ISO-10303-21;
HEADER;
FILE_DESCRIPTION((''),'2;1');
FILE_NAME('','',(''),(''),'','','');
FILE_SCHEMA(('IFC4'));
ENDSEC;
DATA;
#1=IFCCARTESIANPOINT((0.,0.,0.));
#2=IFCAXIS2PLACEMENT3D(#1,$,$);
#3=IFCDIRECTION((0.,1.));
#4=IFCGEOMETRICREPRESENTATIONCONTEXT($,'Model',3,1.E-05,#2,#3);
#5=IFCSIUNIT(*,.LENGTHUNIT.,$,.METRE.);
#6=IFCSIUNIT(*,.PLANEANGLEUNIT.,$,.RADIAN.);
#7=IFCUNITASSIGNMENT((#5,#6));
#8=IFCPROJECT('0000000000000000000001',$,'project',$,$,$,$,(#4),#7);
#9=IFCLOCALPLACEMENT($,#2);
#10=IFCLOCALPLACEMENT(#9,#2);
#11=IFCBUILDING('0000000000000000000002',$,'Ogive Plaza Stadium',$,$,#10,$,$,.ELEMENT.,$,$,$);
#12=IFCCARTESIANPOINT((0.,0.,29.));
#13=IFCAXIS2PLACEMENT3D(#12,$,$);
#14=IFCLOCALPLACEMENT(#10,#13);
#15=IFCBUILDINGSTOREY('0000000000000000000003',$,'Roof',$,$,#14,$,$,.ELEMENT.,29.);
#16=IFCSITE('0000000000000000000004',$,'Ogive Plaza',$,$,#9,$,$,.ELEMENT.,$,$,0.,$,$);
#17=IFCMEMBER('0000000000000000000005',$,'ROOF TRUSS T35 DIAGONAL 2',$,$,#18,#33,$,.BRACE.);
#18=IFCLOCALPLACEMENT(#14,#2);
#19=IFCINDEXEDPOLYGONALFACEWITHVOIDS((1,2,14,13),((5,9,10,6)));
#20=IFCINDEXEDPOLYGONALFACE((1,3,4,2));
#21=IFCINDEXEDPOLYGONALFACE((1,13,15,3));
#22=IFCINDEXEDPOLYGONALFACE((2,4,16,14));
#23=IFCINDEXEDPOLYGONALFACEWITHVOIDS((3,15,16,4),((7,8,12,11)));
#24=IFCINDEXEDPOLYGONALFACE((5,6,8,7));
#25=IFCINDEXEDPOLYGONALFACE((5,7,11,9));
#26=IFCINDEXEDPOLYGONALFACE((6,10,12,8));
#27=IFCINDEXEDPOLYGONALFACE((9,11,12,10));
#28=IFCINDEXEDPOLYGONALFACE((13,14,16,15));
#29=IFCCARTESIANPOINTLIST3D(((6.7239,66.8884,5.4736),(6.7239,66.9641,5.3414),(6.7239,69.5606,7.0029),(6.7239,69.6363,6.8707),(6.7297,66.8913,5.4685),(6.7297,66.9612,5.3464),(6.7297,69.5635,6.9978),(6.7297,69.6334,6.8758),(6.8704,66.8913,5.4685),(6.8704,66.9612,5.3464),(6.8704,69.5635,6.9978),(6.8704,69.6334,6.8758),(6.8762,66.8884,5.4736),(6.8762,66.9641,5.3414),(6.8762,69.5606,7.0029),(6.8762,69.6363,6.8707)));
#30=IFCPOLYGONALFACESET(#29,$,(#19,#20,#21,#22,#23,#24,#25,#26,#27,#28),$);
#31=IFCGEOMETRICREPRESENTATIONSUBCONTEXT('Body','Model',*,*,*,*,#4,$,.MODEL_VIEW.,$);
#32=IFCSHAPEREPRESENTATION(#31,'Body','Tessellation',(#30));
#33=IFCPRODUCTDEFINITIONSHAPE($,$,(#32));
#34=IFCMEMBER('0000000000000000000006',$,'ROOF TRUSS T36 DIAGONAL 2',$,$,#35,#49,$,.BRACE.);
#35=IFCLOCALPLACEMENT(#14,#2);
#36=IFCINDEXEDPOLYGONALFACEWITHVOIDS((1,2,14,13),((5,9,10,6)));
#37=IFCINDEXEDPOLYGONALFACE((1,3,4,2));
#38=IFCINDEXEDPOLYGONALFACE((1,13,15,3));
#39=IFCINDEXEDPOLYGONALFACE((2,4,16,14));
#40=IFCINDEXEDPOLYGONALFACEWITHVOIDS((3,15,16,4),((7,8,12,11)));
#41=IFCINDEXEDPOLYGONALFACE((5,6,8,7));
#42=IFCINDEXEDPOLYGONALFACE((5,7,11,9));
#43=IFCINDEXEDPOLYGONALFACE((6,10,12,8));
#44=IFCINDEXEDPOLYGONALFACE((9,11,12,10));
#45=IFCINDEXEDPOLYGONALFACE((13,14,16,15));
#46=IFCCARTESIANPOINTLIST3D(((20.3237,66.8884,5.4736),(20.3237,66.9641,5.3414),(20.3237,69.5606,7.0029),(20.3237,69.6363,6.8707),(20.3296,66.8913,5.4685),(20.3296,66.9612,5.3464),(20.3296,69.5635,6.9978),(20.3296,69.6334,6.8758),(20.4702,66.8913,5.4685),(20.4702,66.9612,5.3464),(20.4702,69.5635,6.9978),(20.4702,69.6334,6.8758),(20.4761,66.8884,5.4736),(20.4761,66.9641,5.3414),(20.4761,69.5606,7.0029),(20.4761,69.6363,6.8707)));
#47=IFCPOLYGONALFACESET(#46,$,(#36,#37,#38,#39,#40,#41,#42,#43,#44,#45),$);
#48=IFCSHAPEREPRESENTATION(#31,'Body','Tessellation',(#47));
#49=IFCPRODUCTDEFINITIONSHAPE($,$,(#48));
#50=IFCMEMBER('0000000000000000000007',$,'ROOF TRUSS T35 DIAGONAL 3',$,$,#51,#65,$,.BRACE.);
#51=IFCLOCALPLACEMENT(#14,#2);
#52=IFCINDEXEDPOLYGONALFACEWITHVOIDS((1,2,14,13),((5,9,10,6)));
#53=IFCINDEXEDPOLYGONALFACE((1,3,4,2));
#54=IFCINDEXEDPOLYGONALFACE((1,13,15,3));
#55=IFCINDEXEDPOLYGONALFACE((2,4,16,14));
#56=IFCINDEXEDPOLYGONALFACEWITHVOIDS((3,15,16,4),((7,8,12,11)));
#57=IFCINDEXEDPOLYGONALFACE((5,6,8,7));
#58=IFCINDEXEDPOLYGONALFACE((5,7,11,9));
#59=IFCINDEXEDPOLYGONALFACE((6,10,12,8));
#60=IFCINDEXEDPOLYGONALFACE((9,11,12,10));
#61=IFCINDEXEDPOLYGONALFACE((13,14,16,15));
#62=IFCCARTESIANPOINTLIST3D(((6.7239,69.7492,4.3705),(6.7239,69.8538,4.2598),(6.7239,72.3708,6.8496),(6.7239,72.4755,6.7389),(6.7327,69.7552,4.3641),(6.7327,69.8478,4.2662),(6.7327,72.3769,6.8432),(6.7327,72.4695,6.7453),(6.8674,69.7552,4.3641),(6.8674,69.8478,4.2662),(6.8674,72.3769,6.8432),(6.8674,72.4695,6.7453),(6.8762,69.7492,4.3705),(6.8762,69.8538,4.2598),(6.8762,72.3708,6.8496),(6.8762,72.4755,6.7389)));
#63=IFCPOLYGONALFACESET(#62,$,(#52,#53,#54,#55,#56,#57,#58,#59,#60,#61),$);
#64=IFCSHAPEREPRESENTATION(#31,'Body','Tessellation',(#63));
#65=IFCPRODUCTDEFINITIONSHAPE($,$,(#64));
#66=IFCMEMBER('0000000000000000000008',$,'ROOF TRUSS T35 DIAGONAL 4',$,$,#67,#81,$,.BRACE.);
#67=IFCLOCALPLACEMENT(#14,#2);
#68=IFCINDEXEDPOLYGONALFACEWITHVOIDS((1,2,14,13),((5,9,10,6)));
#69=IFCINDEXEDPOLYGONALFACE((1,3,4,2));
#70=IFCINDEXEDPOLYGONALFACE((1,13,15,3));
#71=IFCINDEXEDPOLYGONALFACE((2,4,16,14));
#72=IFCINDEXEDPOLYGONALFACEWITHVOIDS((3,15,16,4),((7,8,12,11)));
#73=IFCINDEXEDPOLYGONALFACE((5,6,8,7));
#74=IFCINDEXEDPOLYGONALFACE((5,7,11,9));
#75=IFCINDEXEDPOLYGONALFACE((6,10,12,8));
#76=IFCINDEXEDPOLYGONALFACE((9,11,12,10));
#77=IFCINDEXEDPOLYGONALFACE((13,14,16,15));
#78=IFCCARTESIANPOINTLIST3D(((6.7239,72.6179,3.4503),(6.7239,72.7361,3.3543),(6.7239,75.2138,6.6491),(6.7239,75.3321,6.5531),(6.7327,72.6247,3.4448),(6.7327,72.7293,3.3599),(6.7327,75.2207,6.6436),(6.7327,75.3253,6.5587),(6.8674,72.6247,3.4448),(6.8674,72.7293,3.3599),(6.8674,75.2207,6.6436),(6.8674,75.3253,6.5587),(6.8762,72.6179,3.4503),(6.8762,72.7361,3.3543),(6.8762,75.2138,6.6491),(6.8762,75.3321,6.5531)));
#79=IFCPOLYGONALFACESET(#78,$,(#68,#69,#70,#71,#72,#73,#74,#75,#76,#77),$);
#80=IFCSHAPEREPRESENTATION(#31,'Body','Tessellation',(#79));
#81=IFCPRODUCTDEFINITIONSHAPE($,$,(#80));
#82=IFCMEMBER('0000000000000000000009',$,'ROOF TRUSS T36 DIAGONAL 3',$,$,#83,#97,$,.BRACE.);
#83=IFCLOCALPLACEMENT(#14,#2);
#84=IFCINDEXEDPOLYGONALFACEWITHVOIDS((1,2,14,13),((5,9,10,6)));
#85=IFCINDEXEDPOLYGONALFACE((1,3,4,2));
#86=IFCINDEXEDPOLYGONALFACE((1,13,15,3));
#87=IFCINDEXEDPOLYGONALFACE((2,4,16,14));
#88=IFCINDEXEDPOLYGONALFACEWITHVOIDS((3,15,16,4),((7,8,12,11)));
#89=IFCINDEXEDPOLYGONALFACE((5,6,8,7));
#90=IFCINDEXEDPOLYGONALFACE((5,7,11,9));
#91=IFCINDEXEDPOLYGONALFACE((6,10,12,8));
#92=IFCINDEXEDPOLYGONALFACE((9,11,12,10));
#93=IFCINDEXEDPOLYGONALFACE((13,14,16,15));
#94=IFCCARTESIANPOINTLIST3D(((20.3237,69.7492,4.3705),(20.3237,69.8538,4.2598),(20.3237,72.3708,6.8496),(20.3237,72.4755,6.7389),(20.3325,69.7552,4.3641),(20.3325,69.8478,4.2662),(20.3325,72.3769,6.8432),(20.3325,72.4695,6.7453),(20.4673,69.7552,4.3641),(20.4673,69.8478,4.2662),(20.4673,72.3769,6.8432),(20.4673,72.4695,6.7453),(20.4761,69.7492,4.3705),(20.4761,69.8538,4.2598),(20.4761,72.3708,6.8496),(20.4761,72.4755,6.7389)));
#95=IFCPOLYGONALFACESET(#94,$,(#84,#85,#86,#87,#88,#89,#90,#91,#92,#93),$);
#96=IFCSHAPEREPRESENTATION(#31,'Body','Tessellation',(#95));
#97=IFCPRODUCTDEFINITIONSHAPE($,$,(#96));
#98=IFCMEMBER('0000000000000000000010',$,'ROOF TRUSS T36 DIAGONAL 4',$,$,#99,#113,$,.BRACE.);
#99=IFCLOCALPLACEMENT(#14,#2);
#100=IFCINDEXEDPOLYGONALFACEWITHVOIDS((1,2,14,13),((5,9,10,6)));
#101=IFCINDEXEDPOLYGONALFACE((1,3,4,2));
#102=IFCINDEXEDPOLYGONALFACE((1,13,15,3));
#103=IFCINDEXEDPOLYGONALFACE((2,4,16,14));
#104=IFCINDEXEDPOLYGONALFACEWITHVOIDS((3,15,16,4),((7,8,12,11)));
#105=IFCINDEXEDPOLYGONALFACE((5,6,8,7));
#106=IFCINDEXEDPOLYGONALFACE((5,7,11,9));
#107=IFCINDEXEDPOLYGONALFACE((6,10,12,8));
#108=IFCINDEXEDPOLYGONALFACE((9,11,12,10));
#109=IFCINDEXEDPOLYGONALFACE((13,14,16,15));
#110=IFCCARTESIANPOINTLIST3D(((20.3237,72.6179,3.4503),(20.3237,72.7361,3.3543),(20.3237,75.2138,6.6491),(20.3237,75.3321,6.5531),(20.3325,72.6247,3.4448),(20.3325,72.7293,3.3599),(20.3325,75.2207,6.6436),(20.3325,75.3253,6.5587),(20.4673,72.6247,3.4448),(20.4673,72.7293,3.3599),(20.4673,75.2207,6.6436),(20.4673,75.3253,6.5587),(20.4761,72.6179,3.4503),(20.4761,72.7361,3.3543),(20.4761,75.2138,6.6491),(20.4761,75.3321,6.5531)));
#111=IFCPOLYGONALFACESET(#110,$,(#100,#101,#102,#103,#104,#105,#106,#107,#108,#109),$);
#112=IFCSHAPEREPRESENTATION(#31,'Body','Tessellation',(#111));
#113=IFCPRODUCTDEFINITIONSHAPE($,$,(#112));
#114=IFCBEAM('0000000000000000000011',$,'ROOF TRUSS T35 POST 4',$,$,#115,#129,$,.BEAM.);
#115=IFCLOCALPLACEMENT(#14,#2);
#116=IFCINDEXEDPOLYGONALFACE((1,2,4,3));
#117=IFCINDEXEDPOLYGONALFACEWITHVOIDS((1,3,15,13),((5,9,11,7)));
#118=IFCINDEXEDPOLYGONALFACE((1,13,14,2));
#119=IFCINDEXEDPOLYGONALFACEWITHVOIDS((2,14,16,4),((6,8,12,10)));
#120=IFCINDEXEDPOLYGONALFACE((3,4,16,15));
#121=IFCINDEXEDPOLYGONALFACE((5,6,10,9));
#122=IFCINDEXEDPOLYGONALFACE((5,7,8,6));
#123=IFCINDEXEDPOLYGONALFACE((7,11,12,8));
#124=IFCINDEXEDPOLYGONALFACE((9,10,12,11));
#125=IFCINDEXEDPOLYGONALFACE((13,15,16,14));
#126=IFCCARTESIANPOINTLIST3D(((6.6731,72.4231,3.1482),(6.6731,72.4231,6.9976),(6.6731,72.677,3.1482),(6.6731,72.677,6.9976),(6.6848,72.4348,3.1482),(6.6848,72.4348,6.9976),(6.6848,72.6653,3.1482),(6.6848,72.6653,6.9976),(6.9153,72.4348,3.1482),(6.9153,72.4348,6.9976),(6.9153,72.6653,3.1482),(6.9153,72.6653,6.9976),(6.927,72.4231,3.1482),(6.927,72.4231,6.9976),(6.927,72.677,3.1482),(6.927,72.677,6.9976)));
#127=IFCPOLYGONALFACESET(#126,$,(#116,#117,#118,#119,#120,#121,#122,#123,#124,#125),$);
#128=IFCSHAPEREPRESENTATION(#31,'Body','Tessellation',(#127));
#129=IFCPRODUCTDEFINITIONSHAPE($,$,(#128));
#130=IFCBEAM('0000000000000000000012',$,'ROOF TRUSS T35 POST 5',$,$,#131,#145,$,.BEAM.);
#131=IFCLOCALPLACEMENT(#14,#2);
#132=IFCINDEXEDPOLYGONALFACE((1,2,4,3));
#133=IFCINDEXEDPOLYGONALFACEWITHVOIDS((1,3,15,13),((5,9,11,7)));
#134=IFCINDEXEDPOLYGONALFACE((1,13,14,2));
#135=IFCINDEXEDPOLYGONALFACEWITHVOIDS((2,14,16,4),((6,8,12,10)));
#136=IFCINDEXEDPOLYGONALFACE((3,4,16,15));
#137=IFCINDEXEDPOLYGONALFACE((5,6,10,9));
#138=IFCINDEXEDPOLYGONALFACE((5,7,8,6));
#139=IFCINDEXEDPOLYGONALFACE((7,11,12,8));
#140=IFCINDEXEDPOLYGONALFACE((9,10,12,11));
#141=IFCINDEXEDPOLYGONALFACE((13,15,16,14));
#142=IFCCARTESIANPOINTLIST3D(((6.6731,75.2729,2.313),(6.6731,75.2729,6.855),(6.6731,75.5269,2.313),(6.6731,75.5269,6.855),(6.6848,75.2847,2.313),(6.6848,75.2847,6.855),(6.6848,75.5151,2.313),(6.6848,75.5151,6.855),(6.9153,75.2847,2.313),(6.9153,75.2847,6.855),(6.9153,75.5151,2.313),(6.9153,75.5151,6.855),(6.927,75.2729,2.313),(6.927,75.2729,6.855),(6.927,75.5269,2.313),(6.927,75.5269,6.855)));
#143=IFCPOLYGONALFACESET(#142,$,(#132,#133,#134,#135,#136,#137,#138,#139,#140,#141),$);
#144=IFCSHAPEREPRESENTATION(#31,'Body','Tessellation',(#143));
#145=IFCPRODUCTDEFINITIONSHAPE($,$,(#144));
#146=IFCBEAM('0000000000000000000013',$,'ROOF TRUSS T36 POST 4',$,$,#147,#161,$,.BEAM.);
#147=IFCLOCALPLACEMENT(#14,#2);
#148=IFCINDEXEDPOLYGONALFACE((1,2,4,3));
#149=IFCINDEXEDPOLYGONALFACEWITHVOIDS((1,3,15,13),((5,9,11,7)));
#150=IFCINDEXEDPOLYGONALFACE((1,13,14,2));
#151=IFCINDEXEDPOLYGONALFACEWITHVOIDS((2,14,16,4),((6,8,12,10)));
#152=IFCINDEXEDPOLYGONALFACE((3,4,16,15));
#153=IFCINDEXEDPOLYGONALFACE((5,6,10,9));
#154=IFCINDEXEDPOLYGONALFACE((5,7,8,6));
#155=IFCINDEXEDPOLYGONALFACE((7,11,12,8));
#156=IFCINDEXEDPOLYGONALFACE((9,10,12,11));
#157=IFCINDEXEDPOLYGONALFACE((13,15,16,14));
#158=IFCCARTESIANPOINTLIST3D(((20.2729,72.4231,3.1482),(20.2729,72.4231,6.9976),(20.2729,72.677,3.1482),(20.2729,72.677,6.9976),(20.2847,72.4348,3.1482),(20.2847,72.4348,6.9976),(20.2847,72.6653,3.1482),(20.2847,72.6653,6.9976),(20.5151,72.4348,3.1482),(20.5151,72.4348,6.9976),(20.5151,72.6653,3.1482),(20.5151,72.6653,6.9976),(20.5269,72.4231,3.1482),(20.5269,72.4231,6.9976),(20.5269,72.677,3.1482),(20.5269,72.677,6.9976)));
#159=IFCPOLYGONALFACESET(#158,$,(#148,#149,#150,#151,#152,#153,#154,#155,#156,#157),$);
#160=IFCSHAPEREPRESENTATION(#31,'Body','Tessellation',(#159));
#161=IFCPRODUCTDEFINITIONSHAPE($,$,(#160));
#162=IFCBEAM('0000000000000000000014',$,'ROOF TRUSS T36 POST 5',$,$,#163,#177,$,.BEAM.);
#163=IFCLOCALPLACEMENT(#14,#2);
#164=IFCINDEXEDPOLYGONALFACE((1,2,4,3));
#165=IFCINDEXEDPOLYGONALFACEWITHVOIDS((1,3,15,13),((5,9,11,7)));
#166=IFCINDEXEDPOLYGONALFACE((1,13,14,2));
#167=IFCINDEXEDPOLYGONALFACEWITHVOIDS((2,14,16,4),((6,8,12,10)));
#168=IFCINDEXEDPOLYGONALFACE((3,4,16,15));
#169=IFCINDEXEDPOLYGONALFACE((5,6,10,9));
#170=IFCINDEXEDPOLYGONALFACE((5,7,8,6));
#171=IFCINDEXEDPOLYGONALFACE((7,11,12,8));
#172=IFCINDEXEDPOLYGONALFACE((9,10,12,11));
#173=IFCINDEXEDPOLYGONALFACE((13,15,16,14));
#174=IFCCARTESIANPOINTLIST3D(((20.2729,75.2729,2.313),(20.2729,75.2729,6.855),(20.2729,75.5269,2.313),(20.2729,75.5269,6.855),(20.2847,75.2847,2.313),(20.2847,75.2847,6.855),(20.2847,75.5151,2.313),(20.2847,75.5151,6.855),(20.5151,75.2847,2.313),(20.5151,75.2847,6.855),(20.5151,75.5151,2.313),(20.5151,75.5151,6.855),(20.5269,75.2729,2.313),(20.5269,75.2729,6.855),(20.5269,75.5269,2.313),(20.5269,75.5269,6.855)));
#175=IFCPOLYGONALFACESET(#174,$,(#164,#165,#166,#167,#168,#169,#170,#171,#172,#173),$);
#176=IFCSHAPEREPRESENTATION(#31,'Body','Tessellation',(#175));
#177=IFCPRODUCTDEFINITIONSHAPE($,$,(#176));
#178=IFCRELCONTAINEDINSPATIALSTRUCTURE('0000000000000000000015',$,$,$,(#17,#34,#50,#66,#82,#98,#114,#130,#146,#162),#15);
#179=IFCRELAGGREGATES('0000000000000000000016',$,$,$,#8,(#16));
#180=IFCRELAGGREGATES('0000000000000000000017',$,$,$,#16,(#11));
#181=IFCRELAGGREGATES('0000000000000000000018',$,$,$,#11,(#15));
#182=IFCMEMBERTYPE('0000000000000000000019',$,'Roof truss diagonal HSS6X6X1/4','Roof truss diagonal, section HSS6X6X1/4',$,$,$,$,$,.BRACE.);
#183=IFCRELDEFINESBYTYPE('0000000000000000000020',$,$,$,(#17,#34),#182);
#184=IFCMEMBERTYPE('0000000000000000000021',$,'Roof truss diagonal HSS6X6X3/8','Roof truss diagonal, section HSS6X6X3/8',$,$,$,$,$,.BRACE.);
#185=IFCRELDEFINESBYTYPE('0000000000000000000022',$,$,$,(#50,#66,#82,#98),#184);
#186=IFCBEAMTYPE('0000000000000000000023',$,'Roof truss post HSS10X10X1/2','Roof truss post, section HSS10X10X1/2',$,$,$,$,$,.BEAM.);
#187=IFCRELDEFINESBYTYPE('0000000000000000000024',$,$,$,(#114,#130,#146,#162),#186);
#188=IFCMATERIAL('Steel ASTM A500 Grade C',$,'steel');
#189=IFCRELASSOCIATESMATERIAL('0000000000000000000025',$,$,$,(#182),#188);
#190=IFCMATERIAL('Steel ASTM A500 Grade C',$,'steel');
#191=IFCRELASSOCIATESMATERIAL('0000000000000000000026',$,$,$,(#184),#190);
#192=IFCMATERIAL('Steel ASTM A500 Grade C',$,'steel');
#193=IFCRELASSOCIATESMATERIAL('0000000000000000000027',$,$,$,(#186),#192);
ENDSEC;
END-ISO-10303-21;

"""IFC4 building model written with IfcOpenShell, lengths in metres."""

from ifc_helpers import new_model, si_unit, direction, frame, origin, origin_2d, place, context, subcontext, project, spatial, hollow_rectangle, extrude, material, material_profile, profile_set, type_object, element, save


model = new_model("IFC4")

# Units and contexts
model_context = context("Model", 3, precision=1e-05, world=origin(), true_north=direction((0.0, 1.0)))
body_context = subcontext(model_context, "Body", "Model", "MODEL_VIEW")
ifc_project = project(units=[si_unit("LENGTHUNIT", "METRE"), si_unit("PLANEANGLEUNIT", "RADIAN")], contexts=[model_context])

# Site, building, storey
site_placement = place(None, origin())
site = spatial("IfcSite", under=ifc_project, at=site_placement, Name="Ogive Plaza", CompositionType="ELEMENT", RefElevation=0.0)
building_placement = place(site_placement, origin())
building = spatial("IfcBuilding", under=site, at=building_placement, Name="Ogive Plaza Stadium", CompositionType="ELEMENT")
storey_placement = place(building_placement, frame((0.0, 0.0, 29.0)))
storey = spatial("IfcBuildingStorey", under=building, at=storey_placement, Name="Roof", CompositionType="ELEMENT", Elevation=29.0)

# Members
ifc_material_1 = material(Name="Steel ASTM A500 Grade C", Category="steel")
ifc_material_profile_1 = material_profile(ifc_material_1, hollow_rectangle(XDim=0.1523, YDim=0.1523, WallThickness=0.0059, at=origin_2d()), Name="HSS6X6X1/4")
ifc_profile_set_1 = profile_set([ifc_material_profile_1], Name="Steel ASTM A500 Grade C")
member_type_1 = type_object("IfcMemberType", Name="Roof truss diagonal HSS6X6X1/4", Description="Roof truss diagonal, section HSS6X6X1/4", PredefinedType="BRACE", material=ifc_profile_set_1)
for number, where, z_axis, x_axis, name in (
    (1, (6.8, 66.9263, 5.4075), (0.0, 0.867911, 0.49672), (-1.0, 0.0, 0.0), "ROOF TRUSS T35 DIAGONAL 2"),
    (2, (20.3999, 66.9263, 5.4075), (0.0, 0.867911, 0.49672), (-1.0, 0.0, 0.0), "ROOF TRUSS T36 DIAGONAL 2"),
):
    element("IfcMember", number, at=place(storey_placement, frame(where, z_axis=z_axis, x_axis=x_axis)), inside=storey, type_object=member_type_1, Name=name, PredefinedType="BRACE", context=body_context, shape_type="SweptSolid", body=[
        extrude(hollow_rectangle(XDim=0.1523, YDim=0.1523, WallThickness=0.0059, at=origin_2d()), origin(), (0.0, 0.0, 1.0), 3.0789),
    ])
ifc_material_2 = material(Name="Steel ASTM A500 Grade C", Category="steel")
ifc_material_profile_2 = material_profile(ifc_material_2, hollow_rectangle(XDim=0.1523, YDim=0.1523, WallThickness=0.0088, at=origin_2d()), Name="HSS6X6X3/8")
ifc_profile_set_2 = profile_set([ifc_material_profile_2], Name="Steel ASTM A500 Grade C")
member_type_2 = type_object("IfcMemberType", Name="Roof truss diagonal HSS6X6X3/8", Description="Roof truss diagonal, section HSS6X6X3/8", PredefinedType="BRACE", material=ifc_profile_set_2)
member_1_placement = place(storey_placement, frame((6.8, 69.8015, 4.3152), z_axis=(0.0, 0.726589, 0.687072), x_axis=(-1.0, 0.0, 0.0)))
element("IfcMember", 3, at=member_1_placement, inside=storey, type_object=member_type_2, Name="ROOF TRUSS T35 DIAGONAL 3", PredefinedType="BRACE", context=body_context, shape_type="SweptSolid", body=[
    extrude(hollow_rectangle(XDim=0.1523, YDim=0.1523, WallThickness=0.0088, at=origin_2d()), origin(), (0.0, 0.0, 1.0), 3.6082),
])
member_2_placement = place(storey_placement, frame((6.8, 72.677, 3.4023), z_axis=(0.0, 0.630151, 0.776473), x_axis=(-1.0, 0.0, 0.0)))
element("IfcMember", 4, at=member_2_placement, inside=storey, type_object=member_type_2, Name="ROOF TRUSS T35 DIAGONAL 4", PredefinedType="BRACE", context=body_context, shape_type="SweptSolid", body=[
    extrude(hollow_rectangle(XDim=0.1523, YDim=0.1523, WallThickness=0.0088, at=origin_2d()), origin(), (0.0, 0.0, 1.0), 4.1196),
])
member_3_placement = place(storey_placement, frame((20.3999, 69.8015, 4.3152), z_axis=(0.0, 0.726589, 0.687072), x_axis=(-1.0, 0.0, 0.0)))
element("IfcMember", 5, at=member_3_placement, inside=storey, type_object=member_type_2, Name="ROOF TRUSS T36 DIAGONAL 3", PredefinedType="BRACE", context=body_context, shape_type="SweptSolid", body=[
    extrude(hollow_rectangle(XDim=0.1523, YDim=0.1523, WallThickness=0.0088, at=origin_2d()), origin(), (0.0, 0.0, 1.0), 3.6082),
])
member_4_placement = place(storey_placement, frame((20.3999, 72.677, 3.4023), z_axis=(0.0, 0.630151, 0.776473), x_axis=(-1.0, 0.0, 0.0)))
element("IfcMember", 6, at=member_4_placement, inside=storey, type_object=member_type_2, Name="ROOF TRUSS T36 DIAGONAL 4", PredefinedType="BRACE", context=body_context, shape_type="SweptSolid", body=[
    extrude(hollow_rectangle(XDim=0.1523, YDim=0.1523, WallThickness=0.0088, at=origin_2d()), origin(), (0.0, 0.0, 1.0), 4.1196),
])

# Beams
ifc_material_3 = material(Name="Steel ASTM A500 Grade C", Category="steel")
ifc_material_profile_3 = material_profile(ifc_material_3, hollow_rectangle(XDim=0.2539, YDim=0.2539, WallThickness=0.0117, at=origin_2d()), Name="HSS10X10X1/2")
ifc_profile_set_3 = profile_set([ifc_material_profile_3], Name="Steel ASTM A500 Grade C")
beam_type_1 = type_object("IfcBeamType", Name="Roof truss post HSS10X10X1/2", Description="Roof truss post, section HSS10X10X1/2", PredefinedType="BEAM", material=ifc_profile_set_3)
beam_1_placement = place(storey_placement, frame((6.8, 72.55, 3.1482), z_axis=(0.0, 0.0, 1.0), x_axis=(-1.0, 0.0, 0.0)))
element("IfcBeam", 7, at=beam_1_placement, inside=storey, type_object=beam_type_1, Name="ROOF TRUSS T35 POST 4", PredefinedType="BEAM", context=body_context, shape_type="SweptSolid", body=[
    extrude(hollow_rectangle(XDim=0.2539, YDim=0.2539, WallThickness=0.0117, at=origin_2d()), origin(), (0.0, 0.0, 1.0), 3.8494),
])
beam_2_placement = place(storey_placement, frame((6.8, 75.3999, 2.313), z_axis=(0.0, 0.0, 1.0), x_axis=(-1.0, 0.0, 0.0)))
element("IfcBeam", 8, at=beam_2_placement, inside=storey, type_object=beam_type_1, Name="ROOF TRUSS T35 POST 5", PredefinedType="BEAM", context=body_context, shape_type="SweptSolid", body=[
    extrude(hollow_rectangle(XDim=0.2539, YDim=0.2539, WallThickness=0.0117, at=origin_2d()), origin(), (0.0, 0.0, 1.0), 4.542),
])
beam_3_placement = place(storey_placement, frame((20.3999, 72.55, 3.1482), z_axis=(0.0, 0.0, 1.0), x_axis=(-1.0, 0.0, 0.0)))
element("IfcBeam", 9, at=beam_3_placement, inside=storey, type_object=beam_type_1, Name="ROOF TRUSS T36 POST 4", PredefinedType="BEAM", context=body_context, shape_type="SweptSolid", body=[
    extrude(hollow_rectangle(XDim=0.2539, YDim=0.2539, WallThickness=0.0117, at=origin_2d()), origin(), (0.0, 0.0, 1.0), 3.8494),
])
beam_4_placement = place(storey_placement, frame((20.3999, 75.3999, 2.313), z_axis=(0.0, 0.0, 1.0), x_axis=(-1.0, 0.0, 0.0)))
element("IfcBeam", 10, at=beam_4_placement, inside=storey, type_object=beam_type_1, Name="ROOF TRUSS T36 POST 5", PredefinedType="BEAM", context=body_context, shape_type="SweptSolid", body=[
    extrude(hollow_rectangle(XDim=0.2539, YDim=0.2539, WallThickness=0.0117, at=origin_2d()), origin(), (0.0, 0.0, 1.0), 4.542),
])

save(model, "model.ifc")
